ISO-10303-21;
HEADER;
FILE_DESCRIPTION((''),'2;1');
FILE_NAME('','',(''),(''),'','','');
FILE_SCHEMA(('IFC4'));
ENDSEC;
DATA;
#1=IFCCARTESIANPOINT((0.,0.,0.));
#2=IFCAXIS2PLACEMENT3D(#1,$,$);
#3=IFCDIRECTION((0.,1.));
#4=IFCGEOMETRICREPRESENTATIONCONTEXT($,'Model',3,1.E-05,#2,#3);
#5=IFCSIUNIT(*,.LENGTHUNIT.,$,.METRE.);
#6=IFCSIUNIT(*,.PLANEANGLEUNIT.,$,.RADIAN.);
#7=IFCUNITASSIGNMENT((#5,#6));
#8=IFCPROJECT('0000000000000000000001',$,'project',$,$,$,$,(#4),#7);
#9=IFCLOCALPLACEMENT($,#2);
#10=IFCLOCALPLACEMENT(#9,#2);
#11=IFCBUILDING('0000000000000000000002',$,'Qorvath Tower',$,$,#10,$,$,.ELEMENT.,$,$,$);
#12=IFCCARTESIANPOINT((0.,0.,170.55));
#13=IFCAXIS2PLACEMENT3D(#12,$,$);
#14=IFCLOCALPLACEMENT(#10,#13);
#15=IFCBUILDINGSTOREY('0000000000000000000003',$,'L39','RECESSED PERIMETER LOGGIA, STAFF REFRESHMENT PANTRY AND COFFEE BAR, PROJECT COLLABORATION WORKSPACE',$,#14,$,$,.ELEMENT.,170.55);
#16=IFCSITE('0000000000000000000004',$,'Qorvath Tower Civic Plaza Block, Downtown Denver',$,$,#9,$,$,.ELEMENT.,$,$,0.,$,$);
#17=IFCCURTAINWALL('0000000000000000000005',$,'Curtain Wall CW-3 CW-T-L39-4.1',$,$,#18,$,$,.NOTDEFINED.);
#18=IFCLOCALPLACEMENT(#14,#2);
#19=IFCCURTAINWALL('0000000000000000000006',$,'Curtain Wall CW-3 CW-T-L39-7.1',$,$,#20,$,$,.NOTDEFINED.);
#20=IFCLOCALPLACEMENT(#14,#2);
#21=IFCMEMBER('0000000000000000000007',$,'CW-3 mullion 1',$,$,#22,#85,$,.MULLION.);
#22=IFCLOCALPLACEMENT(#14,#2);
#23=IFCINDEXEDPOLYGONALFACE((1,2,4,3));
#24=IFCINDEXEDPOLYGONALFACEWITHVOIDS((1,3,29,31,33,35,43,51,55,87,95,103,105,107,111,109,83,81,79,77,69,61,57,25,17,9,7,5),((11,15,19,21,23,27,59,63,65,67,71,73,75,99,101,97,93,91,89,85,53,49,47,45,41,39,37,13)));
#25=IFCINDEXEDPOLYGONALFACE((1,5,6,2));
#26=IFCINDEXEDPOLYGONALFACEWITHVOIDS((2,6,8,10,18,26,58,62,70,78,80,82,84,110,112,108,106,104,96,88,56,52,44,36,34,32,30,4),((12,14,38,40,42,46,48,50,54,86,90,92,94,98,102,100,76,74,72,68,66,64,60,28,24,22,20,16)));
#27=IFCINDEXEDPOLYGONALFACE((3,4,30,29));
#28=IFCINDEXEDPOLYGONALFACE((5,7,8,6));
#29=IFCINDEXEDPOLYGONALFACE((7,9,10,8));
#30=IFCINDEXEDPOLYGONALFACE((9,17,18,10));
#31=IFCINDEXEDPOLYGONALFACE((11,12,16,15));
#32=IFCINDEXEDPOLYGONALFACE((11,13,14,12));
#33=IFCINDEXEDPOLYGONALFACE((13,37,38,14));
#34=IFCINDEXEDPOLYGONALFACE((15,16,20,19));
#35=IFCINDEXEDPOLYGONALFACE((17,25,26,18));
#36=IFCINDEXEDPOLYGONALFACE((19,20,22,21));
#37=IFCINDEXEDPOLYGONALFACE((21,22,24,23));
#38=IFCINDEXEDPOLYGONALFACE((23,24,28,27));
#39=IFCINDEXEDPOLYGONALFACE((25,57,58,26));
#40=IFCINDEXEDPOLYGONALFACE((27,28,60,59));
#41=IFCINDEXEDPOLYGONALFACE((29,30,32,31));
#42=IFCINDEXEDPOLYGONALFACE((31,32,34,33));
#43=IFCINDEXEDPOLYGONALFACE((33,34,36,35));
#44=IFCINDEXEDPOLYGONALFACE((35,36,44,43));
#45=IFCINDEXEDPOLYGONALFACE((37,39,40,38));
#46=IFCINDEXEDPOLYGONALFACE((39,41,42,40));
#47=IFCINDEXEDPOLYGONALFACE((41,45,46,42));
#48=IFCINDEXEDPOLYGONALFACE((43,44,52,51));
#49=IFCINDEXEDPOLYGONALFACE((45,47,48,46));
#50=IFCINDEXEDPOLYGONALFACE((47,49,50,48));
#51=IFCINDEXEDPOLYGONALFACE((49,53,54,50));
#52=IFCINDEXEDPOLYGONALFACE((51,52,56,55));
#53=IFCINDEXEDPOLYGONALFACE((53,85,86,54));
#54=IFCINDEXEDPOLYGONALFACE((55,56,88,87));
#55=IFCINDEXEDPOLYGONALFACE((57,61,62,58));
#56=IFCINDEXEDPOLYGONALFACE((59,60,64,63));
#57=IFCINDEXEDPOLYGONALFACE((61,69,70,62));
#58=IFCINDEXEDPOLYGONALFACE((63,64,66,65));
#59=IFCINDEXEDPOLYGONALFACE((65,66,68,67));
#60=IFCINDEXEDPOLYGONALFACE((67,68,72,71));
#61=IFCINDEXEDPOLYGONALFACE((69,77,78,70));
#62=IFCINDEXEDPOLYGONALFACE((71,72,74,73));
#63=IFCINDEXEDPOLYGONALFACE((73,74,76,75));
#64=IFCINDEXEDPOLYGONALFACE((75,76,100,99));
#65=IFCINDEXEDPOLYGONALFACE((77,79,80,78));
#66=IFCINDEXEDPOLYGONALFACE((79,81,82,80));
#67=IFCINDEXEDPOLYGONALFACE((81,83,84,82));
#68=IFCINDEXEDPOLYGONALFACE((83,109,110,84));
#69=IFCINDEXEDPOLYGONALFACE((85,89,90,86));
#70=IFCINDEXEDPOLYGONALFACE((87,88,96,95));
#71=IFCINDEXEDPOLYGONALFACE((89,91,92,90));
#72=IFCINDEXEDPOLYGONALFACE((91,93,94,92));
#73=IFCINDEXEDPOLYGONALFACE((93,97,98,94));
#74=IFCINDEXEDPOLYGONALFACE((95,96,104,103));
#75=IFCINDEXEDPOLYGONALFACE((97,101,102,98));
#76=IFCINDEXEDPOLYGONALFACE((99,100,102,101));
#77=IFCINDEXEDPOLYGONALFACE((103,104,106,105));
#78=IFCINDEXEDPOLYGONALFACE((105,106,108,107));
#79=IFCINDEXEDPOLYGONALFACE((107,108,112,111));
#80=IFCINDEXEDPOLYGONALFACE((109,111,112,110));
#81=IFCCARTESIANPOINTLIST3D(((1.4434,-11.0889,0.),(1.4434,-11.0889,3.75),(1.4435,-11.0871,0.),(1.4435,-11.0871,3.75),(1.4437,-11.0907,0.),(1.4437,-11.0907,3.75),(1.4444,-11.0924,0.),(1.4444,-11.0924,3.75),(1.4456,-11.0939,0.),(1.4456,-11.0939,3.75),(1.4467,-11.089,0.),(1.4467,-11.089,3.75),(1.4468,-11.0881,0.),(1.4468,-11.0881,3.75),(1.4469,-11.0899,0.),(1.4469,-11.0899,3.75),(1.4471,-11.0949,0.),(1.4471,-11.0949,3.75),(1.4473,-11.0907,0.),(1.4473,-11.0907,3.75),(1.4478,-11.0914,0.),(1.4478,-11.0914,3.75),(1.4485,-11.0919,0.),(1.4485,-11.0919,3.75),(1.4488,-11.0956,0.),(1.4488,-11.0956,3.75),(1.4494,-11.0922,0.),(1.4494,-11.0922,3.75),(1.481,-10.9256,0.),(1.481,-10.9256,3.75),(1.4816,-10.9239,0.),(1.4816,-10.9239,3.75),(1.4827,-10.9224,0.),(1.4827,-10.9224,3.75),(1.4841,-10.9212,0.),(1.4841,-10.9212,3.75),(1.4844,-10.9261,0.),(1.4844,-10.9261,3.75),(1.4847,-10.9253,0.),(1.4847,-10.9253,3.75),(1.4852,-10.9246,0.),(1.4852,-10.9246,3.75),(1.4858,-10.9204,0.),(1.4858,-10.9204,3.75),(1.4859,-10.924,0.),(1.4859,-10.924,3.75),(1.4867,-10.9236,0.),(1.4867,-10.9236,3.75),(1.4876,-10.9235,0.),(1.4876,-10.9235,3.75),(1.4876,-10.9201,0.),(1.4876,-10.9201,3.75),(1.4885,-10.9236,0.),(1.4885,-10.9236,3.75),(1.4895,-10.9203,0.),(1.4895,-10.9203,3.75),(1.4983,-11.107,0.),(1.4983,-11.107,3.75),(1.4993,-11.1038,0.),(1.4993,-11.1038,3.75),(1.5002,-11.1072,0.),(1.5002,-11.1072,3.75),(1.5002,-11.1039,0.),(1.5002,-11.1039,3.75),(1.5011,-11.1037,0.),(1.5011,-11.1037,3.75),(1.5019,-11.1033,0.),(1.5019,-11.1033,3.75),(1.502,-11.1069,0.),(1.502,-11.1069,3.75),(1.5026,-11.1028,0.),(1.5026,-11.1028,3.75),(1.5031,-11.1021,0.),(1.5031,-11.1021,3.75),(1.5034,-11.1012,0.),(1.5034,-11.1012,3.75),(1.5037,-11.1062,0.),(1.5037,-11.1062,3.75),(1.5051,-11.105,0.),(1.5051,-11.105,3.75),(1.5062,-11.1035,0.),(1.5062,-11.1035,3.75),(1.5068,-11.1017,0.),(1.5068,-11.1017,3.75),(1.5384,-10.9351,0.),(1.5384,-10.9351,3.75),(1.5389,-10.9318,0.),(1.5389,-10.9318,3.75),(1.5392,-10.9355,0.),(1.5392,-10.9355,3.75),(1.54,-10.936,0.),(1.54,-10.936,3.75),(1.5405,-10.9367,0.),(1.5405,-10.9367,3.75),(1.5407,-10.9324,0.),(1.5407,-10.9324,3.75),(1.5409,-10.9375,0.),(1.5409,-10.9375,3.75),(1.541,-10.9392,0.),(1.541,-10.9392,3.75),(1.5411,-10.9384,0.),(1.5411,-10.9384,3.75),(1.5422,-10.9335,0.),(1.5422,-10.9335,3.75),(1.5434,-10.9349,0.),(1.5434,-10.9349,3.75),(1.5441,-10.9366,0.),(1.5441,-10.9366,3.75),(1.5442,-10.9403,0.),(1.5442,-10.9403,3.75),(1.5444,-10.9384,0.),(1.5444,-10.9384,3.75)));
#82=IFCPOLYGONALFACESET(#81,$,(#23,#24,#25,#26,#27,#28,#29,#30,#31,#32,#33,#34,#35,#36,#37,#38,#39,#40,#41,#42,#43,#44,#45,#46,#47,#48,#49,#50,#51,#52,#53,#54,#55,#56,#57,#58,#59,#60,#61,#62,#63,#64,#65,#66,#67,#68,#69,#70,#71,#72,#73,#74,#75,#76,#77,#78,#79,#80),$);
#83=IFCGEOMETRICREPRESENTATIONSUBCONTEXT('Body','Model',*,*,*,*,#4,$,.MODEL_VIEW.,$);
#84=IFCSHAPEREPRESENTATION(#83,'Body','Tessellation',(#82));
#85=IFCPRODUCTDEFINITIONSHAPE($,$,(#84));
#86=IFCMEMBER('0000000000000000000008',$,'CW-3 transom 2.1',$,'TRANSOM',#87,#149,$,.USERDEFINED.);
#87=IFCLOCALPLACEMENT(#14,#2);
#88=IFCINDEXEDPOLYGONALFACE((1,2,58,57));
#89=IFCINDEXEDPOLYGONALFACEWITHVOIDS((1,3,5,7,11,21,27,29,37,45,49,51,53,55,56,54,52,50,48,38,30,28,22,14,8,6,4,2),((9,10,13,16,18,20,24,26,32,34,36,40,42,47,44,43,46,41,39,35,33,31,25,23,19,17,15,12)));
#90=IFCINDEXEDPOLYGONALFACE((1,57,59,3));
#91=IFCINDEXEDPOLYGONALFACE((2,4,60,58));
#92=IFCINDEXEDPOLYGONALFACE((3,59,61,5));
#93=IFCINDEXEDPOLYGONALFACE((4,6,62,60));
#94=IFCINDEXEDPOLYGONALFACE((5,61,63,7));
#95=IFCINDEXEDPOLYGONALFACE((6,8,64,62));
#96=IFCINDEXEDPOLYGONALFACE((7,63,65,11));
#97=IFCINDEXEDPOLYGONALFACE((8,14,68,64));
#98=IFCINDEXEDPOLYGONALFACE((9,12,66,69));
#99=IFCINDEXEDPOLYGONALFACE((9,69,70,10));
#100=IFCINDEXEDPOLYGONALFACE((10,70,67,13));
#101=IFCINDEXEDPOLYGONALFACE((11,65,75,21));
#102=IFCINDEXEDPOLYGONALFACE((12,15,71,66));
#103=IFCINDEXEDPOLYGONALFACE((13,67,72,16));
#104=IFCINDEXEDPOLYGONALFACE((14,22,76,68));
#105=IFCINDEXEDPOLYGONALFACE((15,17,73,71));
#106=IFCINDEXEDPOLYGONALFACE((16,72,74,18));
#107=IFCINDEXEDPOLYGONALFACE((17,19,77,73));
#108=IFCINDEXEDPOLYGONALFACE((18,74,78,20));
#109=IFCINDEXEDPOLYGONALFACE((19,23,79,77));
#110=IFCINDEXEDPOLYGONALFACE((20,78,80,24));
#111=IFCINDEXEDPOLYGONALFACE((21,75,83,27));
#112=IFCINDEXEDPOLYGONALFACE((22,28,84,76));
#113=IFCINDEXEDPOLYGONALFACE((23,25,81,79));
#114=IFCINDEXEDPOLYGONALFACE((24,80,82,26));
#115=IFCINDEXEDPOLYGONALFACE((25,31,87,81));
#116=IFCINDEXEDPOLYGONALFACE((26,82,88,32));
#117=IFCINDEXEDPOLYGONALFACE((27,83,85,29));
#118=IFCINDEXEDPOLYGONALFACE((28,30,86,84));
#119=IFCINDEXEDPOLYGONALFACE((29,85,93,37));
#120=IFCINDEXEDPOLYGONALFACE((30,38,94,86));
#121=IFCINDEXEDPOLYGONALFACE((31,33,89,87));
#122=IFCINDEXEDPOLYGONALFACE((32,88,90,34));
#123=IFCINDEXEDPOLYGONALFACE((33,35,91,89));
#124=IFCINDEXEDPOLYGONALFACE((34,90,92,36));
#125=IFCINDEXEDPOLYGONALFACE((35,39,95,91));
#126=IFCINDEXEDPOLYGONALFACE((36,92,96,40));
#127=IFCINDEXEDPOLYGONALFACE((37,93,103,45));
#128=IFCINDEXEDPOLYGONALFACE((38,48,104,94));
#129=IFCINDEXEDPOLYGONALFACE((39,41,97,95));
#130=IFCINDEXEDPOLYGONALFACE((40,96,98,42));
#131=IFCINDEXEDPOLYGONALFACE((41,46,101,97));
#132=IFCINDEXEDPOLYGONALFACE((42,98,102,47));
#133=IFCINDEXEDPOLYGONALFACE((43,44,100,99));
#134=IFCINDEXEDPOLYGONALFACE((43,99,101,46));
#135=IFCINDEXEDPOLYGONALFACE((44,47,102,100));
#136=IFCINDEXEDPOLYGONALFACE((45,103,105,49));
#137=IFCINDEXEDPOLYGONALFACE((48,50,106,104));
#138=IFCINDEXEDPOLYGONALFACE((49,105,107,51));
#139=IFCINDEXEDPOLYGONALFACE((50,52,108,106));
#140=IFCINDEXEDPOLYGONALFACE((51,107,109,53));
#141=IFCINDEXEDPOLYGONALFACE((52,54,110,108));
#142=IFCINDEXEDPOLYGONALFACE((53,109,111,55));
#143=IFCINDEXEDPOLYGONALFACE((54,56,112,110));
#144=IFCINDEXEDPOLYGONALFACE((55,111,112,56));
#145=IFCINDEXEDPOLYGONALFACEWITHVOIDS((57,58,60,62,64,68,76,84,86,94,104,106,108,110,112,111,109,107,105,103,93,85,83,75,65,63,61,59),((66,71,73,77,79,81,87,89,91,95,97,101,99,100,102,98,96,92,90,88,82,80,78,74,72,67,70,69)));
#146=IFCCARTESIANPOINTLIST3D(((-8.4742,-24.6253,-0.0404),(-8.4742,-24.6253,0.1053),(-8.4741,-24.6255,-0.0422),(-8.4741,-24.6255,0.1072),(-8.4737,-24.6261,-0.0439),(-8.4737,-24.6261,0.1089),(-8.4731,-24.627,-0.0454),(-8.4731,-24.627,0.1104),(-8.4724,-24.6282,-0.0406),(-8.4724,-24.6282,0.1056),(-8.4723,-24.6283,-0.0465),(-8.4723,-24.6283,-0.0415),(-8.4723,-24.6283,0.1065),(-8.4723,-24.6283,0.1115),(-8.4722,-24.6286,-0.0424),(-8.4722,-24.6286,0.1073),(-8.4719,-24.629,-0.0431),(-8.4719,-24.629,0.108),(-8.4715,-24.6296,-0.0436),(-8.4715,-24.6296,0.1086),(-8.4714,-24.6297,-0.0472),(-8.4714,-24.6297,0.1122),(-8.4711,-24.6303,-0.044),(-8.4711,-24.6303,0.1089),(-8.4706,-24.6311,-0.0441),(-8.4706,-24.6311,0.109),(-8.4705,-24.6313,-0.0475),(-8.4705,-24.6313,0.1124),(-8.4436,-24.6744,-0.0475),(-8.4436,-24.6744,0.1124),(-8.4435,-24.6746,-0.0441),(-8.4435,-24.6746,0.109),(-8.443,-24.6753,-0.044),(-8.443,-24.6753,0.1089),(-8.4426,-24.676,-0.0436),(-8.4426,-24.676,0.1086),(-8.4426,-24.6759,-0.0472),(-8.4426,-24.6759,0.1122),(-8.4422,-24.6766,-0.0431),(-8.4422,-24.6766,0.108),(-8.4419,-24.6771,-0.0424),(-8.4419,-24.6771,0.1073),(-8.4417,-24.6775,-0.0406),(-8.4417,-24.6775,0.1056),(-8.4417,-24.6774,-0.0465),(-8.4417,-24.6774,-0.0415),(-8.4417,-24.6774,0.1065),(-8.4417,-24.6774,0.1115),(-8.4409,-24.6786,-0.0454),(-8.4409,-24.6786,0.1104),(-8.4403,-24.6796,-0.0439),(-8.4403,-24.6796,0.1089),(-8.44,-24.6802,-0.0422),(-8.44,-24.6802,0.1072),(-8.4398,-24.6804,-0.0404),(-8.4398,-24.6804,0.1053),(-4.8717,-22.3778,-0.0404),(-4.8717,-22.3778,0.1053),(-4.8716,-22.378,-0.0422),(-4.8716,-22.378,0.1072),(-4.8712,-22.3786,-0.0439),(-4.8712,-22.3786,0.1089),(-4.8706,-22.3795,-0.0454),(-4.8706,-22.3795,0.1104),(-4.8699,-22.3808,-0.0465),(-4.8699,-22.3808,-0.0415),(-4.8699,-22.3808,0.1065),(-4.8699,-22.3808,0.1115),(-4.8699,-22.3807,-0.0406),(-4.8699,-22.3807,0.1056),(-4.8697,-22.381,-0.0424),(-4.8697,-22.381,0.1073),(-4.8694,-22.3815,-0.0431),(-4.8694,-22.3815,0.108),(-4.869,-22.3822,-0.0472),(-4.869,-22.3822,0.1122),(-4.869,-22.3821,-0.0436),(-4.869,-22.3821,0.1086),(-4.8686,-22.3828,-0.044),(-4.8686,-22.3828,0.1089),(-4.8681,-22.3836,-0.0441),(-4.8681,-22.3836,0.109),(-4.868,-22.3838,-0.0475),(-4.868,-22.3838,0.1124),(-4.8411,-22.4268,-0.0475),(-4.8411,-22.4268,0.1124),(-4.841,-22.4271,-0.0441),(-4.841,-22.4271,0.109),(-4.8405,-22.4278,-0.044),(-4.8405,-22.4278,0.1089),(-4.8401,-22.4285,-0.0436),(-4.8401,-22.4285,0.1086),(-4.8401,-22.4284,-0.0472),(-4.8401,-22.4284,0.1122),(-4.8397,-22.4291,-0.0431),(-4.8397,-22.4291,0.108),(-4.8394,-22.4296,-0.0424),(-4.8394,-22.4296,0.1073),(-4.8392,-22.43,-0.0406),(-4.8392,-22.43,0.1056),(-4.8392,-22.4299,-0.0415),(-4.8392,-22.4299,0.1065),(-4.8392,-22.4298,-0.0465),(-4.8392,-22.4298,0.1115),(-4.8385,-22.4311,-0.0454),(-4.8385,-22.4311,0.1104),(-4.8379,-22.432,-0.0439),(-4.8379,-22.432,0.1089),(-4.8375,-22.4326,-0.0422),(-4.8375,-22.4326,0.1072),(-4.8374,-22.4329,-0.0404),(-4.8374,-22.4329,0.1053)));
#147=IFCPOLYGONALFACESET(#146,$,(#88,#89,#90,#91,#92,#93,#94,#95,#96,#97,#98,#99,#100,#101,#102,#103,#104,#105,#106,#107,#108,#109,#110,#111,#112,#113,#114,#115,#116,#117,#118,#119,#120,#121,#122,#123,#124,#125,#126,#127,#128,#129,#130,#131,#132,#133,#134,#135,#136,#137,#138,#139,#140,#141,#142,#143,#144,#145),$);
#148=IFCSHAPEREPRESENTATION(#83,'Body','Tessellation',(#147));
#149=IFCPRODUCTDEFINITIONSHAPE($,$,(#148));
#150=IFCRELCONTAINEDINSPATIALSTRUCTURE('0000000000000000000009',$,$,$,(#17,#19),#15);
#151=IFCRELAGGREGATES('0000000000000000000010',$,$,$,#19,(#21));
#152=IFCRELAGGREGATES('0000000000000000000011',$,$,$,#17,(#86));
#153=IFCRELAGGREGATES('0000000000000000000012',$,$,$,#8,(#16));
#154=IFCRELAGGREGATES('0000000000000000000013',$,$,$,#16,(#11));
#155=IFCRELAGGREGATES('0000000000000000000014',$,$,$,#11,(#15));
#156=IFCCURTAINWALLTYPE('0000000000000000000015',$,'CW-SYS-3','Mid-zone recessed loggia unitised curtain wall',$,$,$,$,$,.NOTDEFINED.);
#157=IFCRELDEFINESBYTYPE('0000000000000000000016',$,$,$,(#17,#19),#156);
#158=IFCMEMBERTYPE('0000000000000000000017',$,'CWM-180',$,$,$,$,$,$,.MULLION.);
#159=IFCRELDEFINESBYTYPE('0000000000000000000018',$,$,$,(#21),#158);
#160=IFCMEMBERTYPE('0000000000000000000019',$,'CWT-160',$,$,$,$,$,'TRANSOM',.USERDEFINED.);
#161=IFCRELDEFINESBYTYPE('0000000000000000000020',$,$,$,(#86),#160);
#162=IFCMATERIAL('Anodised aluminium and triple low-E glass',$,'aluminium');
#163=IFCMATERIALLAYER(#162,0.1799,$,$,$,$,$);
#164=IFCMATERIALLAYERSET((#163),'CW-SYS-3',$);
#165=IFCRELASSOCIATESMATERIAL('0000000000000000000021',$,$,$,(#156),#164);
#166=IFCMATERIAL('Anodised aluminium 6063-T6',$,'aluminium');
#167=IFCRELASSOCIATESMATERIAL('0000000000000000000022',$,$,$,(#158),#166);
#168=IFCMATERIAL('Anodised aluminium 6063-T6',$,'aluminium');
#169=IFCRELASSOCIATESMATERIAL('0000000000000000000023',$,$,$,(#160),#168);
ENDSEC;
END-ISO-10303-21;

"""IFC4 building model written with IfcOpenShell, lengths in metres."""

from ifc_helpers import new_model, si_unit, direction, frame, origin, origin_2d, place, context, subcontext, project, spatial, hollow_rectangle, extrude, material, layer, layer_set, material_profile, profile_set, type_object, element, aggregate, save


model = new_model("IFC4")

# Units and contexts
model_context = context("Model", 3, precision=1e-05, world=origin(), true_north=direction((0.0, 1.0)))
body_context = subcontext(model_context, "Body", "Model", "MODEL_VIEW")
ifc_project = project(units=[si_unit("LENGTHUNIT", "METRE"), si_unit("PLANEANGLEUNIT", "RADIAN")], contexts=[model_context])

# Site, building, storey
site_placement = place(None, origin())
site = spatial("IfcSite", under=ifc_project, at=site_placement, Name="Qorvath Tower Civic Plaza Block, Downtown Denver", CompositionType="ELEMENT", RefElevation=0.0)
building_placement = place(site_placement, origin())
building = spatial("IfcBuilding", under=site, at=building_placement, Name="Qorvath Tower", CompositionType="ELEMENT")
storey_placement = place(building_placement, frame((0.0, 0.0, 170.55)))
storey = spatial("IfcBuildingStorey", under=building, at=storey_placement, Name="L39", Description="RECESSED PERIMETER LOGGIA, STAFF REFRESHMENT PANTRY AND COFFEE BAR, PROJECT COLLABORATION WORKSPACE", CompositionType="ELEMENT", Elevation=170.55)

# Curtain wall
ifc_material_1 = material(Name="Anodised aluminium and triple low-E glass", Category="aluminium")
ifc_layer_1 = layer(ifc_material_1, 0.1799)
ifc_layer_set_1 = layer_set([ifc_layer_1], Name="CW-SYS-3")
curtain_wall_type = type_object("IfcCurtainWallType", Name="CW-SYS-3", Description="Mid-zone recessed loggia unitised curtain wall", PredefinedType="NOTDEFINED", material=ifc_layer_set_1)
curtain_wall_1_placement = place(storey_placement, origin())
curtain_wall_1 = element("IfcCurtainWall", 1, at=curtain_wall_1_placement, inside=storey, type_object=curtain_wall_type, Name="Curtain Wall CW-3 CW-T-L39-4.1", PredefinedType="NOTDEFINED")
ifc_material_2 = material(Name="Anodised aluminium 6063-T6", Category="aluminium")
ifc_material_profile_1 = material_profile(ifc_material_2, hollow_rectangle(XDim=0.0649, YDim=0.1799, WallThickness=0.0034, InnerFilletRadius=0.0034, OuterFilletRadius=0.0071, at=origin_2d()), Name="CWM 180x65")
ifc_profile_set_1 = profile_set([ifc_material_profile_1], Name="Anodised aluminium 6063-T6")
member_type_1 = type_object("IfcMemberType", Name="CWM-180", PredefinedType="MULLION", material=ifc_profile_set_1)

# Curtain wall, member
curtain_wall_2_placement = place(storey_placement, origin())
curtain_wall_2 = element("IfcCurtainWall", 2, at=curtain_wall_2_placement, inside=storey, type_object=curtain_wall_type, Name="Curtain Wall CW-3 CW-T-L39-7.1", PredefinedType="NOTDEFINED")
member_1_placement = place(storey_placement, frame((1.4939, -11.0137, 0.0), z_axis=(0.0, 0.0, 1.0), x_axis=(-0.974176, 0.225791, 0.0)))
member_1 = element("IfcMember", 3, at=member_1_placement, type_object=member_type_1, Name="CW-3 mullion 1", PredefinedType="MULLION", context=body_context, shape_type="SweptSolid", body=[
    extrude(hollow_rectangle(XDim=0.0649, YDim=0.1799, WallThickness=0.0034, InnerFilletRadius=0.0034, OuterFilletRadius=0.0071, at=origin_2d()), origin(), (0.0, 0.0, 1.0), 3.75),
])

# Member
ifc_material_3 = material(Name="Anodised aluminium 6063-T6", Category="aluminium")
ifc_material_profile_2 = material_profile(ifc_material_3, hollow_rectangle(XDim=0.0649, YDim=0.1599, WallThickness=0.0034, InnerFilletRadius=0.0034, OuterFilletRadius=0.0071, at=origin_2d()), Name="CWT 160x65")
ifc_profile_set_2 = profile_set([ifc_material_profile_2], Name="Anodised aluminium 6063-T6")
member_type_2 = type_object("IfcMemberType", Name="CWT-160", ElementType="TRANSOM", PredefinedType="USERDEFINED", material=ifc_profile_set_2)
member_2_placement = place(storey_placement, frame((-8.457, -24.6528, 0.0325), z_axis=(0.848424, 0.529317, 0.0), x_axis=(-0.529317, 0.848424, 0.0)))
member_2 = element("IfcMember", 4, at=member_2_placement, type_object=member_type_2, Name="CW-3 transom 2.1", ObjectType="TRANSOM", PredefinedType="USERDEFINED", context=body_context, shape_type="SweptSolid", body=[
    extrude(hollow_rectangle(XDim=0.0649, YDim=0.1599, WallThickness=0.0034, InnerFilletRadius=0.0034, OuterFilletRadius=0.0071, at=origin_2d()), origin(), (0.0, 0.0, 1.0), 4.2461),
])
aggregate(curtain_wall_2, [member_1])

aggregate(curtain_wall_1, [member_2])

save(model, "model.ifc")
